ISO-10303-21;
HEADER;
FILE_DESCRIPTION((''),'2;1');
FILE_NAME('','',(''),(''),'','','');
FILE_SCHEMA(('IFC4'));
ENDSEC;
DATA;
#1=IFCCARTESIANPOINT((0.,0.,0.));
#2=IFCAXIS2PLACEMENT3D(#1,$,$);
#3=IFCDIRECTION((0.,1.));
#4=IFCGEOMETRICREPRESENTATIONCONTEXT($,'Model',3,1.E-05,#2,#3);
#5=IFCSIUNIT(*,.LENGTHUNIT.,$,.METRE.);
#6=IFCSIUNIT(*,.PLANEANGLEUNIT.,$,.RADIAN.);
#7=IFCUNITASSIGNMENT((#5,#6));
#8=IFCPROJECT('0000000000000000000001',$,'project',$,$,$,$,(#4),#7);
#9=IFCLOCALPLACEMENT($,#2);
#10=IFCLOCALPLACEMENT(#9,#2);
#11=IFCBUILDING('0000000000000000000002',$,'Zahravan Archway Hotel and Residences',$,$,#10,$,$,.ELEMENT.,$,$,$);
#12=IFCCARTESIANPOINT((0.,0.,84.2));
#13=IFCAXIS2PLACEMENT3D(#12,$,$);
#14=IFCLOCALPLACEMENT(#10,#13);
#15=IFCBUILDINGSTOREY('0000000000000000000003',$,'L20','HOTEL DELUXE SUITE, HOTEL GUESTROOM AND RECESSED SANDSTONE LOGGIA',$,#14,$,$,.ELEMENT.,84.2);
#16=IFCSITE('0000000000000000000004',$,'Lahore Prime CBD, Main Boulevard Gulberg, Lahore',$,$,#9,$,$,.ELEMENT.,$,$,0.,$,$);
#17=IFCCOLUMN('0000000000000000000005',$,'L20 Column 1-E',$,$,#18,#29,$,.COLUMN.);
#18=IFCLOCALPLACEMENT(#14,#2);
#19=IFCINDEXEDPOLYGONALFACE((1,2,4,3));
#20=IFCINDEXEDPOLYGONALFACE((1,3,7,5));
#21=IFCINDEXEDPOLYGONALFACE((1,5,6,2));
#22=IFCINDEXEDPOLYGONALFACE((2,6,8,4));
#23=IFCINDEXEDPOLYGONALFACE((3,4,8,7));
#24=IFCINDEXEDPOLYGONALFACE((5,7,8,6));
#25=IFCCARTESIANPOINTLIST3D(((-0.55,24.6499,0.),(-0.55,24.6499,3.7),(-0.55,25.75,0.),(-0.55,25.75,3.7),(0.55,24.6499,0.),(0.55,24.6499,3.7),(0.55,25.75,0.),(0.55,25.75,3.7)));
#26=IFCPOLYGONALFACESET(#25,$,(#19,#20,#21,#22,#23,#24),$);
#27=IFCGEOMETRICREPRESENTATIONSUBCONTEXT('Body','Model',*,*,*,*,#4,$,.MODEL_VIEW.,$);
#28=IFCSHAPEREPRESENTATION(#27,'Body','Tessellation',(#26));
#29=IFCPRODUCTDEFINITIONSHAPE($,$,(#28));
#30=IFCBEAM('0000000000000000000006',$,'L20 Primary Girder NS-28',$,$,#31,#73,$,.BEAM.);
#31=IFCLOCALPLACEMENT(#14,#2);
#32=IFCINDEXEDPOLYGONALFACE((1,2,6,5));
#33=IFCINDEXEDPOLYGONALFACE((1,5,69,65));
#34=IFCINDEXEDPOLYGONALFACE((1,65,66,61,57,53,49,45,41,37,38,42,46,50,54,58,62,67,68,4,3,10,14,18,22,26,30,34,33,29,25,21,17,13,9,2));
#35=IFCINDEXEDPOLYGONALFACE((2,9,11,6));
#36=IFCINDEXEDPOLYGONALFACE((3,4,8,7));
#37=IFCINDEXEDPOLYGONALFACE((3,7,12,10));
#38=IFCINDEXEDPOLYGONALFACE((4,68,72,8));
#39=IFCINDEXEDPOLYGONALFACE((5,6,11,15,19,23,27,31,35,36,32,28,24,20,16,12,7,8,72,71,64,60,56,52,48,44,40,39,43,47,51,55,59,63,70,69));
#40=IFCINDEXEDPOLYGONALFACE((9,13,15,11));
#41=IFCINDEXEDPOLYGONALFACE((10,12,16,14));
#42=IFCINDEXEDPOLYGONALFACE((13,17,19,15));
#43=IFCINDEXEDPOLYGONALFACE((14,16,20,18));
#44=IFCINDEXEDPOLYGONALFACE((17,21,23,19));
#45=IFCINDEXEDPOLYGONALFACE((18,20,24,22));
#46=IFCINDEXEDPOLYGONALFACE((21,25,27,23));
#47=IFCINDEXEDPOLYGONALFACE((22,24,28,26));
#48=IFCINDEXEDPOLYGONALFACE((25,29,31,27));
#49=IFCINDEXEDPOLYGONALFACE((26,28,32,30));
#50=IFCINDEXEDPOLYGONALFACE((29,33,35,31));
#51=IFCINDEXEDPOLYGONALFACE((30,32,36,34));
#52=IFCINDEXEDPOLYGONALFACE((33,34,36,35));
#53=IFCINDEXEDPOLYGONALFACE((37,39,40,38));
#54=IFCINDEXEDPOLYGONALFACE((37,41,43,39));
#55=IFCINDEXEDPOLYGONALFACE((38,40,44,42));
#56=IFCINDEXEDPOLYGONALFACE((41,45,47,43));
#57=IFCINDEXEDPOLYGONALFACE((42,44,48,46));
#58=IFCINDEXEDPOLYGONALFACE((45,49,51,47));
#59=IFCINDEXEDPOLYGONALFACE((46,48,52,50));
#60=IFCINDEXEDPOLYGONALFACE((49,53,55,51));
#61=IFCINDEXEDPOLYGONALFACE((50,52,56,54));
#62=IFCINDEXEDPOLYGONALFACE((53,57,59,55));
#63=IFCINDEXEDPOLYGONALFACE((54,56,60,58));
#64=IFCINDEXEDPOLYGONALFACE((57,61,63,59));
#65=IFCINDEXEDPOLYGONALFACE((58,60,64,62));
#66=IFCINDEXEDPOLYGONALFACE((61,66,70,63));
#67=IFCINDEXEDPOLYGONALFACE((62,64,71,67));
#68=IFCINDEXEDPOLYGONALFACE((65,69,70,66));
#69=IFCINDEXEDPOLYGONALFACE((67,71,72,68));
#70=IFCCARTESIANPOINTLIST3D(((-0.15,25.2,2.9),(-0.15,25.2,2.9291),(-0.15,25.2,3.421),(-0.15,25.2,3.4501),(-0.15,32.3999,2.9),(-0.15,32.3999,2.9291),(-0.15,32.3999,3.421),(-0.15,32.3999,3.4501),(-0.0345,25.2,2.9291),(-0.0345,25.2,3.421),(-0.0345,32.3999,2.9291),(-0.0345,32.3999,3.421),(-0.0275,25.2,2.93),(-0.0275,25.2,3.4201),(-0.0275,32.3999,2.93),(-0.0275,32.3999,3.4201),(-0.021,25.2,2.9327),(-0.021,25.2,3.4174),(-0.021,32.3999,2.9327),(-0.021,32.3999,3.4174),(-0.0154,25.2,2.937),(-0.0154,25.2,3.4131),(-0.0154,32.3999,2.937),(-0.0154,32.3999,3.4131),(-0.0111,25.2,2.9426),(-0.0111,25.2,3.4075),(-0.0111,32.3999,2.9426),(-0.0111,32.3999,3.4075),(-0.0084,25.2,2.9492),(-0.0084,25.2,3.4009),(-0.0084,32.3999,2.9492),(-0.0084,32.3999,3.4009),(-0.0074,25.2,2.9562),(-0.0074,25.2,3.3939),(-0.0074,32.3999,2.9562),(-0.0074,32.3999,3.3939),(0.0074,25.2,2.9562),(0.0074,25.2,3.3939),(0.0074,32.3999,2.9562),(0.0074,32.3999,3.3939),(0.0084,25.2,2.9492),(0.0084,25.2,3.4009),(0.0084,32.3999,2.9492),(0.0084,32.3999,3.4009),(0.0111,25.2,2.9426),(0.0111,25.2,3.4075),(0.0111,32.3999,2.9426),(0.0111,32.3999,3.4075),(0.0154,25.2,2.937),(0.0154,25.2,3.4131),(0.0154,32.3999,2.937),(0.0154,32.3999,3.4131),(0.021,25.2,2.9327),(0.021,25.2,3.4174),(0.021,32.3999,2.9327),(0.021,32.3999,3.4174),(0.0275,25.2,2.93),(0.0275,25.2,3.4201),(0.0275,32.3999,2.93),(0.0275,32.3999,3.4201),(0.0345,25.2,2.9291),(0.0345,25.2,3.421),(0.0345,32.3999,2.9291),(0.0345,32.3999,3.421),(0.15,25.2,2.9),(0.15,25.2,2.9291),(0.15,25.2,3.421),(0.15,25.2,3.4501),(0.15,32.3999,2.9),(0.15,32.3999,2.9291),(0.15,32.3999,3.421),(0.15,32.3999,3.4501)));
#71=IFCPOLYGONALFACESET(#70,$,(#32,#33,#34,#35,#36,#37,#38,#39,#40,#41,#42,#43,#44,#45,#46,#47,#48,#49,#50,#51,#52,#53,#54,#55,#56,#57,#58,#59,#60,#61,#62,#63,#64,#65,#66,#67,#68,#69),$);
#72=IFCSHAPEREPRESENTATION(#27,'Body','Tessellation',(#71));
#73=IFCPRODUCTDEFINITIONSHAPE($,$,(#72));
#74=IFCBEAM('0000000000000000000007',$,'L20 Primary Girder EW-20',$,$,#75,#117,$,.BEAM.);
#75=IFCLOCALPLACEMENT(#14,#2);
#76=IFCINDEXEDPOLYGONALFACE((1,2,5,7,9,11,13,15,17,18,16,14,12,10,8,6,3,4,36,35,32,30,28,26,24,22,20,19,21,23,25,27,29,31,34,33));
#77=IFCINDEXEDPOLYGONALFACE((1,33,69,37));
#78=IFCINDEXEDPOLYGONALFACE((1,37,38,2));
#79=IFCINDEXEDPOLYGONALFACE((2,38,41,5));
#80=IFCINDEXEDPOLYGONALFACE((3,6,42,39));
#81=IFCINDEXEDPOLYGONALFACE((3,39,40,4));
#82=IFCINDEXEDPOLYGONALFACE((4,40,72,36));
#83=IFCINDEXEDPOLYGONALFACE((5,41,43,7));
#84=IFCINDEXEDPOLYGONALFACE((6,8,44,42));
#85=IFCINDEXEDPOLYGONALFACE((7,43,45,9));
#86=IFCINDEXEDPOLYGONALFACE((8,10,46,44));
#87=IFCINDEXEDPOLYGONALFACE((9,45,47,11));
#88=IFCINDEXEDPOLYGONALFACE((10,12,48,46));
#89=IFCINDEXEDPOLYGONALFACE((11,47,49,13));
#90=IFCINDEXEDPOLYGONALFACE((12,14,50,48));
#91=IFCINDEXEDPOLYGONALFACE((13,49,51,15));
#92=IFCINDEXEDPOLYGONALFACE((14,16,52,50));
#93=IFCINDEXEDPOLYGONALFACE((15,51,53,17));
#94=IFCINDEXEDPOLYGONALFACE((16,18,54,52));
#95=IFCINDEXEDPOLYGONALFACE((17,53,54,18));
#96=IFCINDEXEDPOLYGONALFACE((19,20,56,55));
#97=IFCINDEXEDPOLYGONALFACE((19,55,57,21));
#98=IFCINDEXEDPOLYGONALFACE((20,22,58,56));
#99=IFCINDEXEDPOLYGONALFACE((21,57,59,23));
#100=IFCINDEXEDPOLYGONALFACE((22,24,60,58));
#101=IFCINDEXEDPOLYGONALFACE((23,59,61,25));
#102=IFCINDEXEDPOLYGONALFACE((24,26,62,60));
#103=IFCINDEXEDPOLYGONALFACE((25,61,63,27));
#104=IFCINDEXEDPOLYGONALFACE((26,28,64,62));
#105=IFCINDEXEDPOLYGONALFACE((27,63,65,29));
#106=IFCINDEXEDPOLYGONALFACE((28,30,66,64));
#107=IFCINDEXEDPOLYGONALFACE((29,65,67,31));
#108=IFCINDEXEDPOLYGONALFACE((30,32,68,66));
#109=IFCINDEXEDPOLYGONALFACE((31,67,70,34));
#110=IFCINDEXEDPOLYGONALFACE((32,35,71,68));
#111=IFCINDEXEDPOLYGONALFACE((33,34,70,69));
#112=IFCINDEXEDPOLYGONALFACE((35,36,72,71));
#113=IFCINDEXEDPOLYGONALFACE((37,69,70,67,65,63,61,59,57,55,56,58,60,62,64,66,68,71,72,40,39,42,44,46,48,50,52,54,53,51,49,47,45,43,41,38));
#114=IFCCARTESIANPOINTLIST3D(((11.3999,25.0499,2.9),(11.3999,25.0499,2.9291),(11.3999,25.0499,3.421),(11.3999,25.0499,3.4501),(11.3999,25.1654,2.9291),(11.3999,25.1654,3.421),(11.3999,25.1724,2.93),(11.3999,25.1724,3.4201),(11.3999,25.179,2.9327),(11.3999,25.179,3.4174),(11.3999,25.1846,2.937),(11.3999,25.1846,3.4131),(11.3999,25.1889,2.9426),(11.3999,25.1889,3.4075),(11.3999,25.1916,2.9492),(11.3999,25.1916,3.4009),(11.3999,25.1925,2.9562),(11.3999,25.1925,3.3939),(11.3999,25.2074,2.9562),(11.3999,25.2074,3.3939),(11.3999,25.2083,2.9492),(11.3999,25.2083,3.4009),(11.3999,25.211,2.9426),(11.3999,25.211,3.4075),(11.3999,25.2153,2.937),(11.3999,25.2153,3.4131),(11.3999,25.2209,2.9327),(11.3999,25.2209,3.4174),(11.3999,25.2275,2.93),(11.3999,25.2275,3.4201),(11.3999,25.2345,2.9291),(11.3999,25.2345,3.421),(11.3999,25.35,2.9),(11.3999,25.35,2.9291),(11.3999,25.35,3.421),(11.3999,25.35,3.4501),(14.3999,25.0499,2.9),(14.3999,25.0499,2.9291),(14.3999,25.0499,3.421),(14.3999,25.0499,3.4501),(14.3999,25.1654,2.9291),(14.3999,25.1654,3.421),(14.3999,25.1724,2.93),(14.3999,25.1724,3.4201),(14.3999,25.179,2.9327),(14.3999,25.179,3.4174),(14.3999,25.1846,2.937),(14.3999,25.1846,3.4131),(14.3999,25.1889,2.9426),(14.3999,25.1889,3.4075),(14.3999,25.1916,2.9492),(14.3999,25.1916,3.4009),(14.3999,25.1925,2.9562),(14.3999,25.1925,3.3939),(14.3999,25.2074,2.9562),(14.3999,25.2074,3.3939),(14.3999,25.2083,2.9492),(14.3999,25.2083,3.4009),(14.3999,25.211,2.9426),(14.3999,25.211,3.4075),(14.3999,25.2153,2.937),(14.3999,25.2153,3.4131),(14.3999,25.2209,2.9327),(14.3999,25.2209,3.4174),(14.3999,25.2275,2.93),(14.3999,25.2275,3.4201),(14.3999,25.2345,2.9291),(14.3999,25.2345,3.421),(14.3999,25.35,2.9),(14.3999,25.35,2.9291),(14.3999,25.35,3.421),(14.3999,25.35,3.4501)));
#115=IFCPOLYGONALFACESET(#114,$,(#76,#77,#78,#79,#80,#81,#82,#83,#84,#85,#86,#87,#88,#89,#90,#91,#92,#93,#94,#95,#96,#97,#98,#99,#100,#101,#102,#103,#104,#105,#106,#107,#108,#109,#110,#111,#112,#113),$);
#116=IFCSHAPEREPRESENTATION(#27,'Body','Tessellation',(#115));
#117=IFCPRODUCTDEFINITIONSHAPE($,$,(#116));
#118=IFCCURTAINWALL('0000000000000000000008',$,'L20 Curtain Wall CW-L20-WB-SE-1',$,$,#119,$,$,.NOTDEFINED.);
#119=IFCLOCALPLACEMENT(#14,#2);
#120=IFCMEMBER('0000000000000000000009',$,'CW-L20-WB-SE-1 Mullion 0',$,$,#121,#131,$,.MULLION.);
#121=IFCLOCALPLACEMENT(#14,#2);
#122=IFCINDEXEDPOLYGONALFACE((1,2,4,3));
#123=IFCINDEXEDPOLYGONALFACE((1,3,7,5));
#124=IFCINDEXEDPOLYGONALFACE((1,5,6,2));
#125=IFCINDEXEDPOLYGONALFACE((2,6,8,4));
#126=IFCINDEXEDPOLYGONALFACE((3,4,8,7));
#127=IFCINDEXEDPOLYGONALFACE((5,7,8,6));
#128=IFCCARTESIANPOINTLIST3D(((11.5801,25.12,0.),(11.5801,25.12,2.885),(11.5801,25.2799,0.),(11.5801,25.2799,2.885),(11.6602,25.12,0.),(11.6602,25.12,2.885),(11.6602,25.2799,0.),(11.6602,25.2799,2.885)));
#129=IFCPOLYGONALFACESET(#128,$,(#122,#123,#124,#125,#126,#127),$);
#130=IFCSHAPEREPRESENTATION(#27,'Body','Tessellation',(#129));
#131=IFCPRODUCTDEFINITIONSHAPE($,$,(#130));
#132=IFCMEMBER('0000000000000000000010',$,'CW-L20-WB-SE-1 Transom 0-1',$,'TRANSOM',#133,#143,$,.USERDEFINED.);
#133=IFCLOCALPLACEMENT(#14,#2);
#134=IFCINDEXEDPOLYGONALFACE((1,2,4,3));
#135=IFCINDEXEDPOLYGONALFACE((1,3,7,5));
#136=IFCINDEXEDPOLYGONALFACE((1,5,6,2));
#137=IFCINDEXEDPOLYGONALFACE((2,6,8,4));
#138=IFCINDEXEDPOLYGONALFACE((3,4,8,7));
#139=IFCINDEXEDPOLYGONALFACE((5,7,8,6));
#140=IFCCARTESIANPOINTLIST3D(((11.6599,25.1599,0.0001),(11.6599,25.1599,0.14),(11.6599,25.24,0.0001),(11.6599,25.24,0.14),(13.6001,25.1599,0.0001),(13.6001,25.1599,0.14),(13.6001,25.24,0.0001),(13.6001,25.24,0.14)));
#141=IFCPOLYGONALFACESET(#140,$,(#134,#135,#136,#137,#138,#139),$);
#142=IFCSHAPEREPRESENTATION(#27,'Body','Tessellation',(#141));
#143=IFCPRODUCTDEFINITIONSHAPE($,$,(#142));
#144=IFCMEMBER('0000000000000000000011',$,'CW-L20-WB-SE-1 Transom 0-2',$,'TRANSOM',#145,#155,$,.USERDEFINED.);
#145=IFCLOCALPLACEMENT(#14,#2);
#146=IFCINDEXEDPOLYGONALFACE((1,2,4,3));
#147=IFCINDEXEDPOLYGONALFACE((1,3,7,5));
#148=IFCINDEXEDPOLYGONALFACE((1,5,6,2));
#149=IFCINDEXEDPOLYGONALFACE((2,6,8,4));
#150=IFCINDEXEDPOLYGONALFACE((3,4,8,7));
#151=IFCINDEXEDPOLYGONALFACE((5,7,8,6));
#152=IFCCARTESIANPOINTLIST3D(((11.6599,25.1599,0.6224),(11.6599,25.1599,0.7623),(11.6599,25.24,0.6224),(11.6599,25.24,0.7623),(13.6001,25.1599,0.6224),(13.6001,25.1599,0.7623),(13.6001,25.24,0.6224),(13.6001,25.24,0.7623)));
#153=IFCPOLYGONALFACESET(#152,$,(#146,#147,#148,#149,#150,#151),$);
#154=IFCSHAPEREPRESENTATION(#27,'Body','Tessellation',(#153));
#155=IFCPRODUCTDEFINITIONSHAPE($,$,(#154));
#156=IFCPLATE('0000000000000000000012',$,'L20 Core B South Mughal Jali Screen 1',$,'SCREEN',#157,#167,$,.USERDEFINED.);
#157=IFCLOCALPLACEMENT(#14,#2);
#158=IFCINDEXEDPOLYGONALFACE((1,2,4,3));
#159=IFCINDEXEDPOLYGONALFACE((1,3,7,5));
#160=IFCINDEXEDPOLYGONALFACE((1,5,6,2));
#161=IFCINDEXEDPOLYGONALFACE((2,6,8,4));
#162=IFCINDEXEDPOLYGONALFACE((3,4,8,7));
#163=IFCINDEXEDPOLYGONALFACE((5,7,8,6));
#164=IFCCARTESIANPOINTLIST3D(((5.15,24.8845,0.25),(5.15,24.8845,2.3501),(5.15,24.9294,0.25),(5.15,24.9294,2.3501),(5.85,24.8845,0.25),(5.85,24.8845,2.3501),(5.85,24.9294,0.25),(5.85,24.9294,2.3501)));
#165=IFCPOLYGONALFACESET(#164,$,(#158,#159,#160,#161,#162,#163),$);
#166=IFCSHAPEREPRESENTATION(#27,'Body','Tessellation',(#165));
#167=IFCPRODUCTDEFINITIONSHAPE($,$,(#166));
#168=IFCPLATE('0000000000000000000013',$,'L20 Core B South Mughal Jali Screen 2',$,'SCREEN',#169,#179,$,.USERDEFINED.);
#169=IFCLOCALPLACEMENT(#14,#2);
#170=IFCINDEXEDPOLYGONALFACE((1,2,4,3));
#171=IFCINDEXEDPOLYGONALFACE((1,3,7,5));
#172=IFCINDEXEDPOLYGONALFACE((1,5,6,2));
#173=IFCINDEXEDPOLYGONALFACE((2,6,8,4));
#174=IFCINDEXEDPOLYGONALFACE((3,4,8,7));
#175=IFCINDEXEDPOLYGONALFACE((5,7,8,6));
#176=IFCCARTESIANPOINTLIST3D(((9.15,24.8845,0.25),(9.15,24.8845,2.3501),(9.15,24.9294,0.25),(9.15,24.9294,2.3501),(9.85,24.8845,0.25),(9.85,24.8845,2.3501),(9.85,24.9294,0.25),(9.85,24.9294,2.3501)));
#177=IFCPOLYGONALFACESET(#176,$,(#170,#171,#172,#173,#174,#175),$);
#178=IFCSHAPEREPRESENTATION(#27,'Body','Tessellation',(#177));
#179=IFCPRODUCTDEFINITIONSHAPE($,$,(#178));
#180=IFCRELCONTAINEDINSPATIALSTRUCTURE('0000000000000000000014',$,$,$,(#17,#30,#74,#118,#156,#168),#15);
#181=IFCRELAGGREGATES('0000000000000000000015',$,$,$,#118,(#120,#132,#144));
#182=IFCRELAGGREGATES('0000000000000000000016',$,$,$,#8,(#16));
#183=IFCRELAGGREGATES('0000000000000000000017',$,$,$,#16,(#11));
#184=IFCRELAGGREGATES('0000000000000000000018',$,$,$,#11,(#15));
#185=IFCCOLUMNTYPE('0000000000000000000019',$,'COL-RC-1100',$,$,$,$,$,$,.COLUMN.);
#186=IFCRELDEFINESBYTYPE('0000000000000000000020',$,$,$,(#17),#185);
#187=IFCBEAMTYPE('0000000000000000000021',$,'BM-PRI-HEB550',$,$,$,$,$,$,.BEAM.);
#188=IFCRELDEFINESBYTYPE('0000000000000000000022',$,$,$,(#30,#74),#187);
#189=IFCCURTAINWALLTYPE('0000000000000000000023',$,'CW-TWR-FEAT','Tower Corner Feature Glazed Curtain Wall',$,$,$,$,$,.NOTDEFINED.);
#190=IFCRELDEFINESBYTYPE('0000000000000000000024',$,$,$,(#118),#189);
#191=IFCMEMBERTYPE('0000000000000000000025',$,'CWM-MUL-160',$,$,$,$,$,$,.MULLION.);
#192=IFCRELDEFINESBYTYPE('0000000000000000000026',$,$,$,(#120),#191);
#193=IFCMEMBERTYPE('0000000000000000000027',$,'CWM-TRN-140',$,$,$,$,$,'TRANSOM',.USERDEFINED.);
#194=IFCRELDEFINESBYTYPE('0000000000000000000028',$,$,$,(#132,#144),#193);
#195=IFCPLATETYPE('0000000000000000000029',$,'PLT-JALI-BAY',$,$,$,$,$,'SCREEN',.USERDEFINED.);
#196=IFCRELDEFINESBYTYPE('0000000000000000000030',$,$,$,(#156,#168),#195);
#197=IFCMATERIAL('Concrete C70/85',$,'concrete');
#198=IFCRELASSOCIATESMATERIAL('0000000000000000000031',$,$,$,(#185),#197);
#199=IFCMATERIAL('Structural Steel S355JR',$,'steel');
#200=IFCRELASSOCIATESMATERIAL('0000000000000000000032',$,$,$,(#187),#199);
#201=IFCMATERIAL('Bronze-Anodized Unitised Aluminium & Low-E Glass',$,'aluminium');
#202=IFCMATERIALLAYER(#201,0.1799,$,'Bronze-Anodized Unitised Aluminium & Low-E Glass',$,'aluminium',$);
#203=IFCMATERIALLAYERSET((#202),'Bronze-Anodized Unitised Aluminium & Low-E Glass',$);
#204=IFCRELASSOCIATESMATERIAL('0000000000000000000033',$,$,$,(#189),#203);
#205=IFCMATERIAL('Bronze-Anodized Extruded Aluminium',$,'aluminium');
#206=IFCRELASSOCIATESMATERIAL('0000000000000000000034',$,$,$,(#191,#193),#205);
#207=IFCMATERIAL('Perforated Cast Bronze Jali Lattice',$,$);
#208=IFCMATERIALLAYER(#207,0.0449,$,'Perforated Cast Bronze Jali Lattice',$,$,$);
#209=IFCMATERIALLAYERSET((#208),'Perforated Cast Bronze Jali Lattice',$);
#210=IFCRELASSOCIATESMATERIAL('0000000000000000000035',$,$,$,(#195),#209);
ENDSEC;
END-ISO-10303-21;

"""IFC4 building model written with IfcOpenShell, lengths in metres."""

from ifc_helpers import new_model, si_unit, direction, frame, origin, origin_2d, place, context, subcontext, project, spatial, rectangle, i_section, extrude, source, transform, mapped, material, layer, layer_set, material_profile, profile_set, type_object, type_shapes, element, aggregate, save


model = new_model("IFC4")

# Units and contexts
model_context = context("Model", 3, precision=1e-05, world=origin(), true_north=direction((0.0, 1.0)))
body_context = subcontext(model_context, "Body", "Model", "MODEL_VIEW")
ifc_project = project(units=[si_unit("LENGTHUNIT", "METRE"), si_unit("PLANEANGLEUNIT", "RADIAN")], contexts=[model_context])

# Site, building, storey
site_placement = place(None, origin())
site = spatial("IfcSite", under=ifc_project, at=site_placement, Name="Lahore Prime CBD, Main Boulevard Gulberg, Lahore", CompositionType="ELEMENT", RefElevation=0.0)
building_placement = place(site_placement, origin())
building = spatial("IfcBuilding", under=site, at=building_placement, Name="Zahravan Archway Hotel and Residences", CompositionType="ELEMENT")
storey_placement = place(building_placement, frame((0.0, 0.0, 84.2)))
storey = spatial("IfcBuildingStorey", under=building, at=storey_placement, Name="L20", Description="HOTEL DELUXE SUITE, HOTEL GUESTROOM AND RECESSED SANDSTONE LOGGIA", CompositionType="ELEMENT", Elevation=84.2)

# Column
ifc_material_1 = material(Name="Concrete C70/85", Category="concrete")
ifc_material_profile_1 = material_profile(ifc_material_1, rectangle(XDim=1.1001, YDim=1.1001, at=origin_2d()), Name="RC 1100x1100", Category="concrete")
ifc_profile_set_1 = profile_set([ifc_material_profile_1], Name="Concrete C70/85")
column_type = type_object("IfcColumnType", Name="COL-RC-1100", PredefinedType="COLUMN", material=ifc_profile_set_1)
shared_shape_1 = source(origin(), body_context, "Body", "SweptSolid", [
    extrude(rectangle(XDim=1.1001, YDim=1.1001, at=origin_2d()), origin(), (0.0, 0.0, 1.0), 3.7),
])
column_placement = place(storey_placement, frame((0.0, 25.2, 0.0), z_axis=(0.0, 0.0, 1.0), x_axis=(1.0, 0.0, 0.0)))
element("IfcColumn", 1, at=column_placement, inside=storey, type_object=column_type, Name="L20 Column 1-E", PredefinedType="COLUMN", context=body_context, shape_type="MappedRepresentation", body=[
    mapped(shared_shape_1, transform((0.0, 0.0, 0.0), scale=1.0)),
])

# Beams
ifc_material_2 = material(Name="Structural Steel S355JR", Category="steel")
ifc_material_profile_2 = material_profile(ifc_material_2, i_section(OverallWidth=0.3, OverallDepth=0.55, WebThickness=0.0149, FlangeThickness=0.0291, FilletRadius=0.0271, at=origin_2d()), Name="HEB 550", Category="steel")
ifc_profile_set_2 = profile_set([ifc_material_profile_2], Name="Structural Steel S355JR")
beam_type = type_object("IfcBeamType", Name="BM-PRI-HEB550", PredefinedType="BEAM", material=ifc_profile_set_2)
shared_shape_2 = source(origin(), body_context, "Body", "SweptSolid", [
    extrude(i_section(OverallWidth=0.3, OverallDepth=0.55, WebThickness=0.0149, FlangeThickness=0.0291, FilletRadius=0.0271, at=origin_2d()), origin(), (0.0, 0.0, 1.0), 7.2),
])
beam_1_placement = place(storey_placement, frame((0.0, 25.2, 3.175), z_axis=(0.0, 1.0, 0.0), x_axis=(-1.0, 0.0, 0.0)))
element("IfcBeam", 2, at=beam_1_placement, inside=storey, type_object=beam_type, Name="L20 Primary Girder NS-28", PredefinedType="BEAM", context=body_context, shape_type="MappedRepresentation", body=[
    mapped(shared_shape_2, transform((0.0, 0.0, 0.0), scale=1.0)),
])
shared_shape_3 = source(origin(), body_context, "Body", "SweptSolid", [
    extrude(i_section(OverallWidth=0.3, OverallDepth=0.55, WebThickness=0.0149, FlangeThickness=0.0291, FilletRadius=0.0271, at=origin_2d()), origin(), (0.0, 0.0, 1.0), 3.0),
])
beam_2_placement = place(storey_placement, frame((11.3999, 25.2, 3.175), z_axis=(1.0, 0.0, 0.0), x_axis=(0.0, 1.0, 0.0)))
element("IfcBeam", 3, at=beam_2_placement, inside=storey, type_object=beam_type, Name="L20 Primary Girder EW-20", PredefinedType="BEAM", context=body_context, shape_type="MappedRepresentation", body=[
    mapped(shared_shape_3, transform((0.0, 0.0, 0.0), scale=1.0)),
])

# Curtain wall, members
ifc_material_3 = material(Name="Bronze-Anodized Unitised Aluminium & Low-E Glass", Category="aluminium")
ifc_layer_1 = layer(ifc_material_3, 0.1799, Name="Bronze-Anodized Unitised Aluminium & Low-E Glass", Category="aluminium")
ifc_layer_set_1 = layer_set([ifc_layer_1], Name="Bronze-Anodized Unitised Aluminium & Low-E Glass")
curtain_wall_type = type_object("IfcCurtainWallType", Name="CW-TWR-FEAT", Description="Tower Corner Feature Glazed Curtain Wall", PredefinedType="NOTDEFINED", material=ifc_layer_set_1)
curtain_wall_placement = place(storey_placement, origin())
curtain_wall = element("IfcCurtainWall", 4, at=curtain_wall_placement, inside=storey, type_object=curtain_wall_type, Name="L20 Curtain Wall CW-L20-WB-SE-1", PredefinedType="NOTDEFINED")
ifc_material_4 = material(Name="Bronze-Anodized Extruded Aluminium", Category="aluminium")
ifc_material_profile_3 = material_profile(ifc_material_4, rectangle(XDim=0.0801, YDim=0.1599, at=origin_2d()), Name="MUL 80x160", Category="aluminium")
ifc_profile_set_3 = profile_set([ifc_material_profile_3], Name="Bronze-Anodized Extruded Aluminium")
member_type_1 = type_object("IfcMemberType", Name="CWM-MUL-160", PredefinedType="MULLION", material=ifc_profile_set_3)
shared_shape_4 = source(origin(), body_context, "Body", "SweptSolid", [
    extrude(rectangle(XDim=0.0801, YDim=0.1599, at=origin_2d()), origin(), (0.0, 0.0, 1.0), 2.885),
])
member_1_placement = place(storey_placement, frame((11.6201, 25.2, 0.0), z_axis=(0.0, 0.0, 1.0), x_axis=(1.0, 0.0, 0.0)))
member_1 = element("IfcMember", 5, at=member_1_placement, type_object=member_type_1, Name="CW-L20-WB-SE-1 Mullion 0", PredefinedType="MULLION", context=body_context, shape_type="MappedRepresentation", body=[
    mapped(shared_shape_4, transform((0.0, 0.0, 0.0), scale=1.0)),
])
ifc_material_profile_4 = material_profile(ifc_material_4, rectangle(XDim=0.0801, YDim=0.1399, at=origin_2d()), Name="TRN 80x140", Category="aluminium")
ifc_profile_set_4 = profile_set([ifc_material_profile_4], Name="Bronze-Anodized Extruded Aluminium")
member_type_2 = type_object("IfcMemberType", Name="CWM-TRN-140", ElementType="TRANSOM", PredefinedType="USERDEFINED", material=ifc_profile_set_4)
shared_shape_5 = source(origin(), body_context, "Body", "SweptSolid", [
    extrude(rectangle(XDim=0.0801, YDim=0.1399, at=origin_2d()), origin(), (0.0, 0.0, 1.0), 1.9402),
])
member_2_placement = place(storey_placement, frame((11.6599, 25.2, 0.0701), z_axis=(1.0, 0.0, 0.0), x_axis=(0.0, 1.0, 0.0)))
member_2 = element("IfcMember", 6, at=member_2_placement, type_object=member_type_2, Name="CW-L20-WB-SE-1 Transom 0-1", ObjectType="TRANSOM", PredefinedType="USERDEFINED", context=body_context, shape_type="MappedRepresentation", body=[
    mapped(shared_shape_5, transform((0.0, 0.0, 0.0), scale=1.0)),
])
member_3_placement = place(storey_placement, frame((11.6599, 25.2, 0.6924), z_axis=(1.0, 0.0, 0.0), x_axis=(0.0, 1.0, 0.0)))
member_3 = element("IfcMember", 7, at=member_3_placement, type_object=member_type_2, Name="CW-L20-WB-SE-1 Transom 0-2", ObjectType="TRANSOM", PredefinedType="USERDEFINED", context=body_context, shape_type="MappedRepresentation", body=[
    mapped(shared_shape_5, transform((0.0, 0.0, 0.0), scale=1.0)),
])
aggregate(curtain_wall, [member_1, member_2, member_3])

# Plates
ifc_material_5 = material(Name="Perforated Cast Bronze Jali Lattice")
ifc_layer_2 = layer(ifc_material_5, 0.0449, Name="Perforated Cast Bronze Jali Lattice")
ifc_layer_set_2 = layer_set([ifc_layer_2], Name="Perforated Cast Bronze Jali Lattice")
plate_type = type_object("IfcPlateType", Name="PLT-JALI-BAY", ElementType="SCREEN", PredefinedType="USERDEFINED", material=ifc_layer_set_2)
shared_shape_6 = source(origin(), body_context, "Body", "SweptSolid", [
    extrude(rectangle(XDim=0.7, YDim=0.0449, at=origin_2d()), origin(), (0.0, 0.0, 1.0), 2.1001),
])
type_shapes(plate_type, [shared_shape_6])
for number, where, z_axis, x_axis, name in (
    (8, (5.5, 24.907, 0.25), (0.0, 0.0, 1.0), (1.0, 0.0, 0.0), "L20 Core B South Mughal Jali Screen 1"),
    (9, (9.5, 24.907, 0.25), (0.0, 0.0, 1.0), (1.0, 0.0, 0.0), "L20 Core B South Mughal Jali Screen 2"),
):
    element("IfcPlate", number, at=place(storey_placement, frame(where, z_axis=z_axis, x_axis=x_axis)), inside=storey, type_object=plate_type, Name=name, ObjectType="SCREEN", PredefinedType="USERDEFINED", context=body_context, shape_type="MappedRepresentation", body=[
        mapped(shared_shape_6, transform((0.0, 0.0, 0.0), scale=1.0)),
    ])

save(model, "model.ifc")
